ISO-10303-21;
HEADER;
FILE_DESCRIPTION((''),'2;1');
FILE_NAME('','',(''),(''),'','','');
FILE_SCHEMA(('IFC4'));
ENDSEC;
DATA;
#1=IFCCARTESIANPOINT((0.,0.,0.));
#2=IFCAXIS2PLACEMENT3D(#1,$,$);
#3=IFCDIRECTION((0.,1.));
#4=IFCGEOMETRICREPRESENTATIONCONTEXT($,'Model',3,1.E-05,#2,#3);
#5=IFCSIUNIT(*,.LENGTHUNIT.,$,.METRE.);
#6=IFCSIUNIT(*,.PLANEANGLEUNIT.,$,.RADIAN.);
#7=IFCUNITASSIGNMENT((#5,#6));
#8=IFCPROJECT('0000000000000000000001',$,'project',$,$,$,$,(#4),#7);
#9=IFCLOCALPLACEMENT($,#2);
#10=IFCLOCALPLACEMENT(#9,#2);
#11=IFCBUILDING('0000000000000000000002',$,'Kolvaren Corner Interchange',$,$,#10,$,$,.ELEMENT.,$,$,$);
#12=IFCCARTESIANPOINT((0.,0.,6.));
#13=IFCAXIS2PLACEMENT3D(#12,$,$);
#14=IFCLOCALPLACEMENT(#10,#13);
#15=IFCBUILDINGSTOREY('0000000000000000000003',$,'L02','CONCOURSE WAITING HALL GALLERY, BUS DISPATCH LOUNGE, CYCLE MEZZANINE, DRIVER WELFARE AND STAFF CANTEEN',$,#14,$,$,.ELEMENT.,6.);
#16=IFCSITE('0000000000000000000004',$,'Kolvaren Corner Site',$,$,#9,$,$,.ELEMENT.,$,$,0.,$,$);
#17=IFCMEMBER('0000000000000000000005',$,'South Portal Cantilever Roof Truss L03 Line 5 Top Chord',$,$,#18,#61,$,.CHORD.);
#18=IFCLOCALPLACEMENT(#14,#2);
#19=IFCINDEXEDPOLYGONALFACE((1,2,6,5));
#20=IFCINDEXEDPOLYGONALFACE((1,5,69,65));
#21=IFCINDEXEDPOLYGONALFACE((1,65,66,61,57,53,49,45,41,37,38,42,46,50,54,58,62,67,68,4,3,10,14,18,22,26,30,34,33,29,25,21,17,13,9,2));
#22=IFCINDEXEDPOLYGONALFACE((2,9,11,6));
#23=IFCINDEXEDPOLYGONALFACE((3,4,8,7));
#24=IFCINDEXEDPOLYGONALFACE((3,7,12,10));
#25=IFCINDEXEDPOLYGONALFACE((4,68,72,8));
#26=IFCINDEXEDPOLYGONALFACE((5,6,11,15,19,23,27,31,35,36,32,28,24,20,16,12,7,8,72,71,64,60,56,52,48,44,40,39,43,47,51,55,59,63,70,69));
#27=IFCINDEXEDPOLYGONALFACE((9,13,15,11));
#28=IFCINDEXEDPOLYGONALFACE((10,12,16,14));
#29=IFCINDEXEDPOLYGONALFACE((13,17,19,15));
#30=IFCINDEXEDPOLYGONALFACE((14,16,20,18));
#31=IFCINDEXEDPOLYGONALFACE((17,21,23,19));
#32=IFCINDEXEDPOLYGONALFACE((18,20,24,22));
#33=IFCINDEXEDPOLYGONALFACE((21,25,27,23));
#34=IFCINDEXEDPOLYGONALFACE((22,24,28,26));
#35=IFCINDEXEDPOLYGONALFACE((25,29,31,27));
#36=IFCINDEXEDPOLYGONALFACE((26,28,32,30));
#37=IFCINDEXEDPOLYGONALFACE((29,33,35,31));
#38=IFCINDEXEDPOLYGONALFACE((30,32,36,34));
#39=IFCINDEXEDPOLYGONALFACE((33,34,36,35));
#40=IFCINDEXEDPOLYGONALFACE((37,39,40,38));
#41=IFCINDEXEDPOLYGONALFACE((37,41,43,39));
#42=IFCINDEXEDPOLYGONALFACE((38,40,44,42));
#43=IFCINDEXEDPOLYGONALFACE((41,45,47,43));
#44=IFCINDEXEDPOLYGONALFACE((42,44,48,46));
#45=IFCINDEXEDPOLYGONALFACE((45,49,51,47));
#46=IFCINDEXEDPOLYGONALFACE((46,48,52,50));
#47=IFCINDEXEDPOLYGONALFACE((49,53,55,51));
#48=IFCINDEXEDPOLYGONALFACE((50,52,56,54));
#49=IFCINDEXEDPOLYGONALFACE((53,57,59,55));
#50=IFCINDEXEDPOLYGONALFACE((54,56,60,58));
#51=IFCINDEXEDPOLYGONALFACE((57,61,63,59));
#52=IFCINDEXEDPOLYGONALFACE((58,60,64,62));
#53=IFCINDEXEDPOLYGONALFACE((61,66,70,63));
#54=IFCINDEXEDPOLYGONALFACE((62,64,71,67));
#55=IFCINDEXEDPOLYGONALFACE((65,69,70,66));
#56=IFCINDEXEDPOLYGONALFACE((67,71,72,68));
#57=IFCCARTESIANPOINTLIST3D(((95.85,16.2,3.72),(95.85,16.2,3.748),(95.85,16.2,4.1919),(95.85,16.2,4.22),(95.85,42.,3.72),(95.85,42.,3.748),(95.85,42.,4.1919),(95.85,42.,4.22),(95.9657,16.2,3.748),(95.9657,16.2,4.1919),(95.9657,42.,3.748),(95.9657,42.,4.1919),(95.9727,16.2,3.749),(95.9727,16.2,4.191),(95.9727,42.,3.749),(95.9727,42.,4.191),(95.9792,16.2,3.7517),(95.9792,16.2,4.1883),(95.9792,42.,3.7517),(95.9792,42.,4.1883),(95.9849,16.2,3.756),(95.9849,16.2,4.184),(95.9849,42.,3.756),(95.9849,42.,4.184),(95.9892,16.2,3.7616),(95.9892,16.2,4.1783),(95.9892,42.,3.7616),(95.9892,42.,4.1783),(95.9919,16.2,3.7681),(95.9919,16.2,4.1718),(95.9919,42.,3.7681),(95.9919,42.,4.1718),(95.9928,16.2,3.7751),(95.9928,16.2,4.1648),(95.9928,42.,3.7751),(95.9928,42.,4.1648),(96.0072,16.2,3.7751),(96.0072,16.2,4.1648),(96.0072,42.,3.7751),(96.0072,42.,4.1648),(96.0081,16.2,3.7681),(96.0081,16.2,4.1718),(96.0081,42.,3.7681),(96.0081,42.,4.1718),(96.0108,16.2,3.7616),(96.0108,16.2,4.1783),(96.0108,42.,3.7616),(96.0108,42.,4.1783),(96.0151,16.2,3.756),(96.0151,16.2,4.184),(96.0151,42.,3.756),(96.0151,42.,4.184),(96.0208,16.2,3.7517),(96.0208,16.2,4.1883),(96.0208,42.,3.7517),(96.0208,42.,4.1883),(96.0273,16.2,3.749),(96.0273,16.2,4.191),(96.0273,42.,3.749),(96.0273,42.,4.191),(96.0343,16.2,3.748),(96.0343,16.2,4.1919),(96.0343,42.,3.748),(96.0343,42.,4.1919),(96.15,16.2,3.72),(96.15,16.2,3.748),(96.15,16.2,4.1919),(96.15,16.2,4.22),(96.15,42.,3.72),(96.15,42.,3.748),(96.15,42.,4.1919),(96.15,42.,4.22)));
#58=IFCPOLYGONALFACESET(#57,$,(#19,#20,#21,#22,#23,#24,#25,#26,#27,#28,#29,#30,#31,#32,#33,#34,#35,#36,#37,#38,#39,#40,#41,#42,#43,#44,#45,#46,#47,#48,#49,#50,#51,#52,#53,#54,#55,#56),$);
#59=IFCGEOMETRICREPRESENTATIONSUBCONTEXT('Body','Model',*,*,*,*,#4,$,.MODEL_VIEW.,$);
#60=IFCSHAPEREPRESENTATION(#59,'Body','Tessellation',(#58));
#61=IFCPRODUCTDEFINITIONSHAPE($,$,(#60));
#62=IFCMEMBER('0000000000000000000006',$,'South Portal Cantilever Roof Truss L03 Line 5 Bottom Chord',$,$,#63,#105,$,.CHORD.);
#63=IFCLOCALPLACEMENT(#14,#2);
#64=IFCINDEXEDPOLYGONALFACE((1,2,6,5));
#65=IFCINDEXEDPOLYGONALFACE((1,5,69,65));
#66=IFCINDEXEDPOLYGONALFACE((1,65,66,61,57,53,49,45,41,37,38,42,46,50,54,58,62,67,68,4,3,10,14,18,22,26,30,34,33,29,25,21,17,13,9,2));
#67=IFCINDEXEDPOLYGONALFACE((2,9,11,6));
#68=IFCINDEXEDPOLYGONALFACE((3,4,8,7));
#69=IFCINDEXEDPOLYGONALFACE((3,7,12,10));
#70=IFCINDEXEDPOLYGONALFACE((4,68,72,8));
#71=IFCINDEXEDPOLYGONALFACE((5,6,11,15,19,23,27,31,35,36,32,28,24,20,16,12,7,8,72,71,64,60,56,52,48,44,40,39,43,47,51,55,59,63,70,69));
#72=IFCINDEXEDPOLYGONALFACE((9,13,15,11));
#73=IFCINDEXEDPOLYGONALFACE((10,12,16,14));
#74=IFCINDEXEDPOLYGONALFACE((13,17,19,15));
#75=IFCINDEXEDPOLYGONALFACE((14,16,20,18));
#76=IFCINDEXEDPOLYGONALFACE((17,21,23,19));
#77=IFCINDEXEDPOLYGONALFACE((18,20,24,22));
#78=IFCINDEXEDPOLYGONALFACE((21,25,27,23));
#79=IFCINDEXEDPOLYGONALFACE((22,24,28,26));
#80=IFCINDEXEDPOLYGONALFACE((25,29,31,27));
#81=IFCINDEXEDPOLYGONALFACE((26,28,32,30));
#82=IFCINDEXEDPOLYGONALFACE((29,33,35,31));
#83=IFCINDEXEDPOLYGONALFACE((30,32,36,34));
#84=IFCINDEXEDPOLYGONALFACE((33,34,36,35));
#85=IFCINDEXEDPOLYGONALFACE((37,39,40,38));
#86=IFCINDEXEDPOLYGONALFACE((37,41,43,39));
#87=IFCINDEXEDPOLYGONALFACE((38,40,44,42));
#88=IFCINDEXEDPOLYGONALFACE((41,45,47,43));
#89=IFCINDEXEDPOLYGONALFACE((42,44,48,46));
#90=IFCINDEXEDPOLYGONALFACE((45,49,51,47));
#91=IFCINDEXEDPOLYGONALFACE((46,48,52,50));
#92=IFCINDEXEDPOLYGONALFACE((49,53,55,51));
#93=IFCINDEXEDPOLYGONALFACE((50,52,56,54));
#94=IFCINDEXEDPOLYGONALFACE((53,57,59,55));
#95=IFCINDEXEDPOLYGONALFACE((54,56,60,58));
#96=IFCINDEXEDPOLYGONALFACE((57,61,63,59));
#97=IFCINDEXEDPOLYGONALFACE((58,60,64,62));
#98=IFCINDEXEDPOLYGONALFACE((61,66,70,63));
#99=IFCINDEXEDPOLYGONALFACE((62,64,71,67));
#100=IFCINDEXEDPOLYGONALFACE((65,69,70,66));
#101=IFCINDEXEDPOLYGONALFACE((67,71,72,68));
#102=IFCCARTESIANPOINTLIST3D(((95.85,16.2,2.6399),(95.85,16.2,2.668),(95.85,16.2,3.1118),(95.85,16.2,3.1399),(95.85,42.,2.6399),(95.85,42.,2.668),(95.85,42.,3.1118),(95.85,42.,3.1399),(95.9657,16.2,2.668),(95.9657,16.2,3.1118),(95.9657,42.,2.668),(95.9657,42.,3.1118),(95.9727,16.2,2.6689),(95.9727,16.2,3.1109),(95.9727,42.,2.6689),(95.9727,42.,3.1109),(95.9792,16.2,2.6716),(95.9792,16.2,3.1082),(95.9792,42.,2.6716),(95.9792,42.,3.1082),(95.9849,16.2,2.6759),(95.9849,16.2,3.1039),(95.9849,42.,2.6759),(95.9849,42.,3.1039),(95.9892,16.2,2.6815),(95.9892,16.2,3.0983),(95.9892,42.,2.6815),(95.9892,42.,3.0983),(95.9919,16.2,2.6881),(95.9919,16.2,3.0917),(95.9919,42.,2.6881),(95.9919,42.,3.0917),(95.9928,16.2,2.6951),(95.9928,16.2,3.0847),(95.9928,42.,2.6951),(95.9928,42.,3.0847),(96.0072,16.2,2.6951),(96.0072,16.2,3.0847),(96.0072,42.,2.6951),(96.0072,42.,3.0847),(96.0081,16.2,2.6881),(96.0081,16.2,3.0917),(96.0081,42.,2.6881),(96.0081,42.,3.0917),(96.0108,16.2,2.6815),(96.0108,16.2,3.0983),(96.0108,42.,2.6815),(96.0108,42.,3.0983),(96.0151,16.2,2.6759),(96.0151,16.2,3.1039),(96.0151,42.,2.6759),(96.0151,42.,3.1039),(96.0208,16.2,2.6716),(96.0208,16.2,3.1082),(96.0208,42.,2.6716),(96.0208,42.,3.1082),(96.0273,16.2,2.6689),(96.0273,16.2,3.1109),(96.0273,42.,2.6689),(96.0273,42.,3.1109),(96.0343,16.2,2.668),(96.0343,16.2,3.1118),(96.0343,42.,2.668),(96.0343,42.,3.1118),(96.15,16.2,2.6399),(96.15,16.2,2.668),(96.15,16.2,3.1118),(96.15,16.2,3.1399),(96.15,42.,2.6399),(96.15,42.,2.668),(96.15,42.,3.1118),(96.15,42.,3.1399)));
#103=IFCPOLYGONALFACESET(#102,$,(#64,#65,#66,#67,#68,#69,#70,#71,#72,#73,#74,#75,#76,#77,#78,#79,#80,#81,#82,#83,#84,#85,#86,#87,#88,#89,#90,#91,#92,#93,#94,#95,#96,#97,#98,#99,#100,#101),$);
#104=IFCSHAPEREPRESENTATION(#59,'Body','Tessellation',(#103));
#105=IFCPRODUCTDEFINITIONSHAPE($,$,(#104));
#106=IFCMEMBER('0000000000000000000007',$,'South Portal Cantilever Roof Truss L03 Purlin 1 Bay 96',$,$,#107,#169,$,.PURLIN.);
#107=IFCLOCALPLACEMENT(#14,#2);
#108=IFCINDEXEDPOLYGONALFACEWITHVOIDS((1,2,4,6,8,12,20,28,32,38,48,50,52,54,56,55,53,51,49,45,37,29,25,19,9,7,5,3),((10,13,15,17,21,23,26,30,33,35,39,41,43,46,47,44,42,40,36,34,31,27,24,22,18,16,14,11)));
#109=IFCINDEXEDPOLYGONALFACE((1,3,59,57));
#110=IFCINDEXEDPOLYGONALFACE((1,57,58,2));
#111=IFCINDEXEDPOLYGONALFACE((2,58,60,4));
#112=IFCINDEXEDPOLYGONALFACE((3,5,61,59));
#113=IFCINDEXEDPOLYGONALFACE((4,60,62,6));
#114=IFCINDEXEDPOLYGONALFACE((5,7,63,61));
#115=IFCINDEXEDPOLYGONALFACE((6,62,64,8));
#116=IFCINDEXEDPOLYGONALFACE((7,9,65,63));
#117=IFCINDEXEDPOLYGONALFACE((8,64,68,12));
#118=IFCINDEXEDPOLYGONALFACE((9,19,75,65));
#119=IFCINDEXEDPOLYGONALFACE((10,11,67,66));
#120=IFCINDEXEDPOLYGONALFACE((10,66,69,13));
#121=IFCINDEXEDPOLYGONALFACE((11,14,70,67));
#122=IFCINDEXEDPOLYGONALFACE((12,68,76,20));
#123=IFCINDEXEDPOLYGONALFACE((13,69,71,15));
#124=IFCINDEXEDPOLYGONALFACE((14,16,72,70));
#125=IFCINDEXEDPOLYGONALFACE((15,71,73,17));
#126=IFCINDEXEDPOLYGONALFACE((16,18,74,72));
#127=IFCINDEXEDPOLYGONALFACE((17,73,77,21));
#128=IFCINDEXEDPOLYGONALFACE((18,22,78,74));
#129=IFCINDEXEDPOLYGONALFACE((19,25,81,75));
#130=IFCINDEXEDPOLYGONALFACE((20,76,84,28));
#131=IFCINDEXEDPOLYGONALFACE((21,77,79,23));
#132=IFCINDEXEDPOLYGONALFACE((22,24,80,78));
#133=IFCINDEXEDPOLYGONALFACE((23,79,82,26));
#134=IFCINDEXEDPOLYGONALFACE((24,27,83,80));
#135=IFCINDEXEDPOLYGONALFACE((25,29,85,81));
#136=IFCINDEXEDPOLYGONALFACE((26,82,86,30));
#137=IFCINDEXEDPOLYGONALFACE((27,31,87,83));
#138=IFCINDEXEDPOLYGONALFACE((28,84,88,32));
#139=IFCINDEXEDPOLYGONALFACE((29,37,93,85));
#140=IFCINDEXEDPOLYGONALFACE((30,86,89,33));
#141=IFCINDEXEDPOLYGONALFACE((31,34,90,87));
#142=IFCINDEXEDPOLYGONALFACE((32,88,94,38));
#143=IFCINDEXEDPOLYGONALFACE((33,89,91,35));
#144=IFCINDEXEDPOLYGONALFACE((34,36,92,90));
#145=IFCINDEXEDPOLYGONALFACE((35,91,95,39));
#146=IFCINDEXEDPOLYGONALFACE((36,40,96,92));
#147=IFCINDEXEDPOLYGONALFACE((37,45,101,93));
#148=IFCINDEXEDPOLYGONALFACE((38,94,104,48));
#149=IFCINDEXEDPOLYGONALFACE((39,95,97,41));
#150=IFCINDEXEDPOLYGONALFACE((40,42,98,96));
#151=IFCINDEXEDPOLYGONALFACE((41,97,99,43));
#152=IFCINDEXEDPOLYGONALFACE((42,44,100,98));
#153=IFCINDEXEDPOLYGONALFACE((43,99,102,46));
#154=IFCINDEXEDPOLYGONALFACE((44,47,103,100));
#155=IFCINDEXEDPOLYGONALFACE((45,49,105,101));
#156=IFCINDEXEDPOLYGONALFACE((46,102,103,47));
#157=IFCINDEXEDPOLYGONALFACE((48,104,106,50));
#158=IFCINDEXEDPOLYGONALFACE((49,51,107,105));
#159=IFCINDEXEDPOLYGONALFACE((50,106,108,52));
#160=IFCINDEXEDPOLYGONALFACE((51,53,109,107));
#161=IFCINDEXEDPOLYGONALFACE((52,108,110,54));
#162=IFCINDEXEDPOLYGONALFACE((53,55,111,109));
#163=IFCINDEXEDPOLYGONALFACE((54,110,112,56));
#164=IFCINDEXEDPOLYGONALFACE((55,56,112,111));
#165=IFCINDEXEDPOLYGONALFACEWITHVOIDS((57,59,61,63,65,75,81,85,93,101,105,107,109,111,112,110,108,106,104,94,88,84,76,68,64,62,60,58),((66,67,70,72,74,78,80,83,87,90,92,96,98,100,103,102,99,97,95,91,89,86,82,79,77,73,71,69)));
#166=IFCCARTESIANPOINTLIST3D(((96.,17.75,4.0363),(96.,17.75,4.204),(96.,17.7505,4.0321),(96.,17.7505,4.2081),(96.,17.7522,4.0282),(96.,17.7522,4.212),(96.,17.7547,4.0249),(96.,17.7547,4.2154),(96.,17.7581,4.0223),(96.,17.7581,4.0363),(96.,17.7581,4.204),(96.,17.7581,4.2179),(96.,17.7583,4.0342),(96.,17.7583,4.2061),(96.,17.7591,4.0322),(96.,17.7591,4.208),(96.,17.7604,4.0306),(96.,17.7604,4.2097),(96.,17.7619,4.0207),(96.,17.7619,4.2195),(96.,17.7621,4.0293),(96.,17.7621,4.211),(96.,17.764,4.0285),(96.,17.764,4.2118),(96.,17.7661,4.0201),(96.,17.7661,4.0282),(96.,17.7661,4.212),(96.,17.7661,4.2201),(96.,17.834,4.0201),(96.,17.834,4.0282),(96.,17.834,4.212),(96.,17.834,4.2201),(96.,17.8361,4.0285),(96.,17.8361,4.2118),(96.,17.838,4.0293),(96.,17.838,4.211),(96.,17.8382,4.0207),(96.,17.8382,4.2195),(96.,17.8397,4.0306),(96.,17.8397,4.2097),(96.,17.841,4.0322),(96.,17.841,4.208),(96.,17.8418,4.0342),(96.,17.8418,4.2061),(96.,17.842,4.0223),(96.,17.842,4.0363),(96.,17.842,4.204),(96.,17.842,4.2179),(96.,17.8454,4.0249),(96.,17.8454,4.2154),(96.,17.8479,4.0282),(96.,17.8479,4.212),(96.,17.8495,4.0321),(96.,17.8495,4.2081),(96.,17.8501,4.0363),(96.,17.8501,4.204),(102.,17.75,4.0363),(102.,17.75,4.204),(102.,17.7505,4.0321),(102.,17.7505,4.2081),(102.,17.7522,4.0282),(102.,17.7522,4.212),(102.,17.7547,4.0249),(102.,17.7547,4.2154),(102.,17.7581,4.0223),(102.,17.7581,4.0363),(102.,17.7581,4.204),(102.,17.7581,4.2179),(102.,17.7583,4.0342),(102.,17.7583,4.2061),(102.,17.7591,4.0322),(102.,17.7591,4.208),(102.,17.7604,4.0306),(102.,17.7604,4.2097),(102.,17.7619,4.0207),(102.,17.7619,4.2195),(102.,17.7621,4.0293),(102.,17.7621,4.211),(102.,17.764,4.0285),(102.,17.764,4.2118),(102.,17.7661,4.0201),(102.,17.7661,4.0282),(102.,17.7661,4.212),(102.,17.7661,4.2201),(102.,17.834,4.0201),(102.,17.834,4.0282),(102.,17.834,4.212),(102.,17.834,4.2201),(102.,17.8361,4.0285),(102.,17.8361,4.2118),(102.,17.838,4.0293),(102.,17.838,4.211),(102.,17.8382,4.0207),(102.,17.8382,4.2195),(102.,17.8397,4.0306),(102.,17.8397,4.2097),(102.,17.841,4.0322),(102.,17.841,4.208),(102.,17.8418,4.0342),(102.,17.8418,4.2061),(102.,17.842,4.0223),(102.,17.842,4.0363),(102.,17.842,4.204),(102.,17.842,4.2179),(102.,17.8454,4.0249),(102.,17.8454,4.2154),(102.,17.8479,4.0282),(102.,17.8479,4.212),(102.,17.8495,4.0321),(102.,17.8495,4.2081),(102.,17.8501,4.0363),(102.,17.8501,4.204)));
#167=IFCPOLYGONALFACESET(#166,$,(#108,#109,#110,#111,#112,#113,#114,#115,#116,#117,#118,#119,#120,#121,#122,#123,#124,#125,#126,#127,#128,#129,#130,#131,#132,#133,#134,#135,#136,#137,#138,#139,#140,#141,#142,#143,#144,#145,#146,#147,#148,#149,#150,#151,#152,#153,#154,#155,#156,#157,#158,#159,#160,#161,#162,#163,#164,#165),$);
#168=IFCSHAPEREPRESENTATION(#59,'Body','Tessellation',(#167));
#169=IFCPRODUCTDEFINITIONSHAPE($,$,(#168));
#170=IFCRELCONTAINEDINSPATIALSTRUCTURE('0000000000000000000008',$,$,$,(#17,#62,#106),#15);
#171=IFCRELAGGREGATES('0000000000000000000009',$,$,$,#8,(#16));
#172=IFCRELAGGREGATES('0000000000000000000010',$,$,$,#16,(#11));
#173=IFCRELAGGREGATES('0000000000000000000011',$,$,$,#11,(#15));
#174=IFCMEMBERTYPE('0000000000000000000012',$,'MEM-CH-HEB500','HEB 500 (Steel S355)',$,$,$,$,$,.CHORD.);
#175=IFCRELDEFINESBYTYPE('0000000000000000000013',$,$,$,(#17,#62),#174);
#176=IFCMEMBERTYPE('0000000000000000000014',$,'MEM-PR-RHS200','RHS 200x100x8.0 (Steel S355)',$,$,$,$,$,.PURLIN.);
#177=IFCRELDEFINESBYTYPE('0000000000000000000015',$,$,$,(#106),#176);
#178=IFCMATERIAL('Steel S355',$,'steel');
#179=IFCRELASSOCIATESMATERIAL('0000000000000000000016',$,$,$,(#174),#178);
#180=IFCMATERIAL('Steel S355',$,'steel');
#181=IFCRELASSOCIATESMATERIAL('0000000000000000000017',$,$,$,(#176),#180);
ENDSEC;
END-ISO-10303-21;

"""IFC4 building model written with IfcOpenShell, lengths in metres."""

from ifc_helpers import new_model, si_unit, direction, frame, origin, origin_2d, place, context, subcontext, project, spatial, hollow_rectangle, i_section, extrude, material, material_profile, profile_set, type_object, element, save


model = new_model("IFC4")

# Units and contexts
model_context = context("Model", 3, precision=1e-05, world=origin(), true_north=direction((0.0, 1.0)))
body_context = subcontext(model_context, "Body", "Model", "MODEL_VIEW")
ifc_project = project(units=[si_unit("LENGTHUNIT", "METRE"), si_unit("PLANEANGLEUNIT", "RADIAN")], contexts=[model_context])

# Site, building, storey
site_placement = place(None, origin())
site = spatial("IfcSite", under=ifc_project, at=site_placement, Name="Kolvaren Corner Site", CompositionType="ELEMENT", RefElevation=0.0)
building_placement = place(site_placement, origin())
building = spatial("IfcBuilding", under=site, at=building_placement, Name="Kolvaren Corner Interchange", CompositionType="ELEMENT")
storey_placement = place(building_placement, frame((0.0, 0.0, 6.0)))
storey = spatial("IfcBuildingStorey", under=building, at=storey_placement, Name="L02", Description="CONCOURSE WAITING HALL GALLERY, BUS DISPATCH LOUNGE, CYCLE MEZZANINE, DRIVER WELFARE AND STAFF CANTEEN", CompositionType="ELEMENT", Elevation=6.0)

# Members
ifc_material_1 = material(Name="Steel S355", Category="steel")
ifc_material_profile_1 = material_profile(ifc_material_1, i_section(OverallWidth=0.3, OverallDepth=0.5, WebThickness=0.0144, FlangeThickness=0.0281, FilletRadius=0.0271, at=origin_2d()), Name="HEB 500")
ifc_profile_set_1 = profile_set([ifc_material_profile_1], Name="Steel S355")
member_type_1 = type_object("IfcMemberType", Name="MEM-CH-HEB500", Description="HEB 500 (Steel S355)", PredefinedType="CHORD", material=ifc_profile_set_1)
for number, where, z_axis, x_axis, name in (
    (1, (96.0, 16.2, 3.97), (0.0, 1.0, 0.0), (-1.0, 0.0, 0.0), "South Portal Cantilever Roof Truss L03 Line 5 Top Chord"),
    (2, (96.0, 16.2, 2.8899), (0.0, 1.0, 0.0), (-1.0, 0.0, 0.0), "South Portal Cantilever Roof Truss L03 Line 5 Bottom Chord"),
):
    element("IfcMember", number, at=place(storey_placement, frame(where, z_axis=z_axis, x_axis=x_axis)), inside=storey, type_object=member_type_1, Name=name, PredefinedType="CHORD", context=body_context, shape_type="SweptSolid", body=[
        extrude(i_section(OverallWidth=0.3, OverallDepth=0.5, WebThickness=0.0144, FlangeThickness=0.0281, FilletRadius=0.0271, at=origin_2d()), origin(), (0.0, 0.0, 1.0), 25.8),
    ])
ifc_material_2 = material(Name="Steel S355", Category="steel")
ifc_material_profile_2 = material_profile(ifc_material_2, hollow_rectangle(XDim=0.1001, YDim=0.2, WallThickness=0.0081, InnerFilletRadius=0.0081, OuterFilletRadius=0.0161, at=origin_2d()), Name="RHS 200x100x8.0")
ifc_profile_set_2 = profile_set([ifc_material_profile_2], Name="Steel S355")
member_type_2 = type_object("IfcMemberType", Name="MEM-PR-RHS200", Description="RHS 200x100x8.0 (Steel S355)", PredefinedType="PURLIN", material=ifc_profile_set_2)
for number, where, z_axis, x_axis, name in (
    (3, (96.0, 17.8, 4.1201), (1.0, 0.0, 0.0), (0.0, 1.0, 0.0), "South Portal Cantilever Roof Truss L03 Purlin 1 Bay 96"),
):
    element("IfcMember", number, at=place(storey_placement, frame(where, z_axis=z_axis, x_axis=x_axis)), inside=storey, type_object=member_type_2, Name=name, PredefinedType="PURLIN", context=body_context, shape_type="SweptSolid", body=[
        extrude(hollow_rectangle(XDim=0.1001, YDim=0.2, WallThickness=0.0081, InnerFilletRadius=0.0081, OuterFilletRadius=0.0161, at=origin_2d()), origin(), (0.0, 0.0, 1.0), 6.0),
    ])

save(model, "model.ifc")
